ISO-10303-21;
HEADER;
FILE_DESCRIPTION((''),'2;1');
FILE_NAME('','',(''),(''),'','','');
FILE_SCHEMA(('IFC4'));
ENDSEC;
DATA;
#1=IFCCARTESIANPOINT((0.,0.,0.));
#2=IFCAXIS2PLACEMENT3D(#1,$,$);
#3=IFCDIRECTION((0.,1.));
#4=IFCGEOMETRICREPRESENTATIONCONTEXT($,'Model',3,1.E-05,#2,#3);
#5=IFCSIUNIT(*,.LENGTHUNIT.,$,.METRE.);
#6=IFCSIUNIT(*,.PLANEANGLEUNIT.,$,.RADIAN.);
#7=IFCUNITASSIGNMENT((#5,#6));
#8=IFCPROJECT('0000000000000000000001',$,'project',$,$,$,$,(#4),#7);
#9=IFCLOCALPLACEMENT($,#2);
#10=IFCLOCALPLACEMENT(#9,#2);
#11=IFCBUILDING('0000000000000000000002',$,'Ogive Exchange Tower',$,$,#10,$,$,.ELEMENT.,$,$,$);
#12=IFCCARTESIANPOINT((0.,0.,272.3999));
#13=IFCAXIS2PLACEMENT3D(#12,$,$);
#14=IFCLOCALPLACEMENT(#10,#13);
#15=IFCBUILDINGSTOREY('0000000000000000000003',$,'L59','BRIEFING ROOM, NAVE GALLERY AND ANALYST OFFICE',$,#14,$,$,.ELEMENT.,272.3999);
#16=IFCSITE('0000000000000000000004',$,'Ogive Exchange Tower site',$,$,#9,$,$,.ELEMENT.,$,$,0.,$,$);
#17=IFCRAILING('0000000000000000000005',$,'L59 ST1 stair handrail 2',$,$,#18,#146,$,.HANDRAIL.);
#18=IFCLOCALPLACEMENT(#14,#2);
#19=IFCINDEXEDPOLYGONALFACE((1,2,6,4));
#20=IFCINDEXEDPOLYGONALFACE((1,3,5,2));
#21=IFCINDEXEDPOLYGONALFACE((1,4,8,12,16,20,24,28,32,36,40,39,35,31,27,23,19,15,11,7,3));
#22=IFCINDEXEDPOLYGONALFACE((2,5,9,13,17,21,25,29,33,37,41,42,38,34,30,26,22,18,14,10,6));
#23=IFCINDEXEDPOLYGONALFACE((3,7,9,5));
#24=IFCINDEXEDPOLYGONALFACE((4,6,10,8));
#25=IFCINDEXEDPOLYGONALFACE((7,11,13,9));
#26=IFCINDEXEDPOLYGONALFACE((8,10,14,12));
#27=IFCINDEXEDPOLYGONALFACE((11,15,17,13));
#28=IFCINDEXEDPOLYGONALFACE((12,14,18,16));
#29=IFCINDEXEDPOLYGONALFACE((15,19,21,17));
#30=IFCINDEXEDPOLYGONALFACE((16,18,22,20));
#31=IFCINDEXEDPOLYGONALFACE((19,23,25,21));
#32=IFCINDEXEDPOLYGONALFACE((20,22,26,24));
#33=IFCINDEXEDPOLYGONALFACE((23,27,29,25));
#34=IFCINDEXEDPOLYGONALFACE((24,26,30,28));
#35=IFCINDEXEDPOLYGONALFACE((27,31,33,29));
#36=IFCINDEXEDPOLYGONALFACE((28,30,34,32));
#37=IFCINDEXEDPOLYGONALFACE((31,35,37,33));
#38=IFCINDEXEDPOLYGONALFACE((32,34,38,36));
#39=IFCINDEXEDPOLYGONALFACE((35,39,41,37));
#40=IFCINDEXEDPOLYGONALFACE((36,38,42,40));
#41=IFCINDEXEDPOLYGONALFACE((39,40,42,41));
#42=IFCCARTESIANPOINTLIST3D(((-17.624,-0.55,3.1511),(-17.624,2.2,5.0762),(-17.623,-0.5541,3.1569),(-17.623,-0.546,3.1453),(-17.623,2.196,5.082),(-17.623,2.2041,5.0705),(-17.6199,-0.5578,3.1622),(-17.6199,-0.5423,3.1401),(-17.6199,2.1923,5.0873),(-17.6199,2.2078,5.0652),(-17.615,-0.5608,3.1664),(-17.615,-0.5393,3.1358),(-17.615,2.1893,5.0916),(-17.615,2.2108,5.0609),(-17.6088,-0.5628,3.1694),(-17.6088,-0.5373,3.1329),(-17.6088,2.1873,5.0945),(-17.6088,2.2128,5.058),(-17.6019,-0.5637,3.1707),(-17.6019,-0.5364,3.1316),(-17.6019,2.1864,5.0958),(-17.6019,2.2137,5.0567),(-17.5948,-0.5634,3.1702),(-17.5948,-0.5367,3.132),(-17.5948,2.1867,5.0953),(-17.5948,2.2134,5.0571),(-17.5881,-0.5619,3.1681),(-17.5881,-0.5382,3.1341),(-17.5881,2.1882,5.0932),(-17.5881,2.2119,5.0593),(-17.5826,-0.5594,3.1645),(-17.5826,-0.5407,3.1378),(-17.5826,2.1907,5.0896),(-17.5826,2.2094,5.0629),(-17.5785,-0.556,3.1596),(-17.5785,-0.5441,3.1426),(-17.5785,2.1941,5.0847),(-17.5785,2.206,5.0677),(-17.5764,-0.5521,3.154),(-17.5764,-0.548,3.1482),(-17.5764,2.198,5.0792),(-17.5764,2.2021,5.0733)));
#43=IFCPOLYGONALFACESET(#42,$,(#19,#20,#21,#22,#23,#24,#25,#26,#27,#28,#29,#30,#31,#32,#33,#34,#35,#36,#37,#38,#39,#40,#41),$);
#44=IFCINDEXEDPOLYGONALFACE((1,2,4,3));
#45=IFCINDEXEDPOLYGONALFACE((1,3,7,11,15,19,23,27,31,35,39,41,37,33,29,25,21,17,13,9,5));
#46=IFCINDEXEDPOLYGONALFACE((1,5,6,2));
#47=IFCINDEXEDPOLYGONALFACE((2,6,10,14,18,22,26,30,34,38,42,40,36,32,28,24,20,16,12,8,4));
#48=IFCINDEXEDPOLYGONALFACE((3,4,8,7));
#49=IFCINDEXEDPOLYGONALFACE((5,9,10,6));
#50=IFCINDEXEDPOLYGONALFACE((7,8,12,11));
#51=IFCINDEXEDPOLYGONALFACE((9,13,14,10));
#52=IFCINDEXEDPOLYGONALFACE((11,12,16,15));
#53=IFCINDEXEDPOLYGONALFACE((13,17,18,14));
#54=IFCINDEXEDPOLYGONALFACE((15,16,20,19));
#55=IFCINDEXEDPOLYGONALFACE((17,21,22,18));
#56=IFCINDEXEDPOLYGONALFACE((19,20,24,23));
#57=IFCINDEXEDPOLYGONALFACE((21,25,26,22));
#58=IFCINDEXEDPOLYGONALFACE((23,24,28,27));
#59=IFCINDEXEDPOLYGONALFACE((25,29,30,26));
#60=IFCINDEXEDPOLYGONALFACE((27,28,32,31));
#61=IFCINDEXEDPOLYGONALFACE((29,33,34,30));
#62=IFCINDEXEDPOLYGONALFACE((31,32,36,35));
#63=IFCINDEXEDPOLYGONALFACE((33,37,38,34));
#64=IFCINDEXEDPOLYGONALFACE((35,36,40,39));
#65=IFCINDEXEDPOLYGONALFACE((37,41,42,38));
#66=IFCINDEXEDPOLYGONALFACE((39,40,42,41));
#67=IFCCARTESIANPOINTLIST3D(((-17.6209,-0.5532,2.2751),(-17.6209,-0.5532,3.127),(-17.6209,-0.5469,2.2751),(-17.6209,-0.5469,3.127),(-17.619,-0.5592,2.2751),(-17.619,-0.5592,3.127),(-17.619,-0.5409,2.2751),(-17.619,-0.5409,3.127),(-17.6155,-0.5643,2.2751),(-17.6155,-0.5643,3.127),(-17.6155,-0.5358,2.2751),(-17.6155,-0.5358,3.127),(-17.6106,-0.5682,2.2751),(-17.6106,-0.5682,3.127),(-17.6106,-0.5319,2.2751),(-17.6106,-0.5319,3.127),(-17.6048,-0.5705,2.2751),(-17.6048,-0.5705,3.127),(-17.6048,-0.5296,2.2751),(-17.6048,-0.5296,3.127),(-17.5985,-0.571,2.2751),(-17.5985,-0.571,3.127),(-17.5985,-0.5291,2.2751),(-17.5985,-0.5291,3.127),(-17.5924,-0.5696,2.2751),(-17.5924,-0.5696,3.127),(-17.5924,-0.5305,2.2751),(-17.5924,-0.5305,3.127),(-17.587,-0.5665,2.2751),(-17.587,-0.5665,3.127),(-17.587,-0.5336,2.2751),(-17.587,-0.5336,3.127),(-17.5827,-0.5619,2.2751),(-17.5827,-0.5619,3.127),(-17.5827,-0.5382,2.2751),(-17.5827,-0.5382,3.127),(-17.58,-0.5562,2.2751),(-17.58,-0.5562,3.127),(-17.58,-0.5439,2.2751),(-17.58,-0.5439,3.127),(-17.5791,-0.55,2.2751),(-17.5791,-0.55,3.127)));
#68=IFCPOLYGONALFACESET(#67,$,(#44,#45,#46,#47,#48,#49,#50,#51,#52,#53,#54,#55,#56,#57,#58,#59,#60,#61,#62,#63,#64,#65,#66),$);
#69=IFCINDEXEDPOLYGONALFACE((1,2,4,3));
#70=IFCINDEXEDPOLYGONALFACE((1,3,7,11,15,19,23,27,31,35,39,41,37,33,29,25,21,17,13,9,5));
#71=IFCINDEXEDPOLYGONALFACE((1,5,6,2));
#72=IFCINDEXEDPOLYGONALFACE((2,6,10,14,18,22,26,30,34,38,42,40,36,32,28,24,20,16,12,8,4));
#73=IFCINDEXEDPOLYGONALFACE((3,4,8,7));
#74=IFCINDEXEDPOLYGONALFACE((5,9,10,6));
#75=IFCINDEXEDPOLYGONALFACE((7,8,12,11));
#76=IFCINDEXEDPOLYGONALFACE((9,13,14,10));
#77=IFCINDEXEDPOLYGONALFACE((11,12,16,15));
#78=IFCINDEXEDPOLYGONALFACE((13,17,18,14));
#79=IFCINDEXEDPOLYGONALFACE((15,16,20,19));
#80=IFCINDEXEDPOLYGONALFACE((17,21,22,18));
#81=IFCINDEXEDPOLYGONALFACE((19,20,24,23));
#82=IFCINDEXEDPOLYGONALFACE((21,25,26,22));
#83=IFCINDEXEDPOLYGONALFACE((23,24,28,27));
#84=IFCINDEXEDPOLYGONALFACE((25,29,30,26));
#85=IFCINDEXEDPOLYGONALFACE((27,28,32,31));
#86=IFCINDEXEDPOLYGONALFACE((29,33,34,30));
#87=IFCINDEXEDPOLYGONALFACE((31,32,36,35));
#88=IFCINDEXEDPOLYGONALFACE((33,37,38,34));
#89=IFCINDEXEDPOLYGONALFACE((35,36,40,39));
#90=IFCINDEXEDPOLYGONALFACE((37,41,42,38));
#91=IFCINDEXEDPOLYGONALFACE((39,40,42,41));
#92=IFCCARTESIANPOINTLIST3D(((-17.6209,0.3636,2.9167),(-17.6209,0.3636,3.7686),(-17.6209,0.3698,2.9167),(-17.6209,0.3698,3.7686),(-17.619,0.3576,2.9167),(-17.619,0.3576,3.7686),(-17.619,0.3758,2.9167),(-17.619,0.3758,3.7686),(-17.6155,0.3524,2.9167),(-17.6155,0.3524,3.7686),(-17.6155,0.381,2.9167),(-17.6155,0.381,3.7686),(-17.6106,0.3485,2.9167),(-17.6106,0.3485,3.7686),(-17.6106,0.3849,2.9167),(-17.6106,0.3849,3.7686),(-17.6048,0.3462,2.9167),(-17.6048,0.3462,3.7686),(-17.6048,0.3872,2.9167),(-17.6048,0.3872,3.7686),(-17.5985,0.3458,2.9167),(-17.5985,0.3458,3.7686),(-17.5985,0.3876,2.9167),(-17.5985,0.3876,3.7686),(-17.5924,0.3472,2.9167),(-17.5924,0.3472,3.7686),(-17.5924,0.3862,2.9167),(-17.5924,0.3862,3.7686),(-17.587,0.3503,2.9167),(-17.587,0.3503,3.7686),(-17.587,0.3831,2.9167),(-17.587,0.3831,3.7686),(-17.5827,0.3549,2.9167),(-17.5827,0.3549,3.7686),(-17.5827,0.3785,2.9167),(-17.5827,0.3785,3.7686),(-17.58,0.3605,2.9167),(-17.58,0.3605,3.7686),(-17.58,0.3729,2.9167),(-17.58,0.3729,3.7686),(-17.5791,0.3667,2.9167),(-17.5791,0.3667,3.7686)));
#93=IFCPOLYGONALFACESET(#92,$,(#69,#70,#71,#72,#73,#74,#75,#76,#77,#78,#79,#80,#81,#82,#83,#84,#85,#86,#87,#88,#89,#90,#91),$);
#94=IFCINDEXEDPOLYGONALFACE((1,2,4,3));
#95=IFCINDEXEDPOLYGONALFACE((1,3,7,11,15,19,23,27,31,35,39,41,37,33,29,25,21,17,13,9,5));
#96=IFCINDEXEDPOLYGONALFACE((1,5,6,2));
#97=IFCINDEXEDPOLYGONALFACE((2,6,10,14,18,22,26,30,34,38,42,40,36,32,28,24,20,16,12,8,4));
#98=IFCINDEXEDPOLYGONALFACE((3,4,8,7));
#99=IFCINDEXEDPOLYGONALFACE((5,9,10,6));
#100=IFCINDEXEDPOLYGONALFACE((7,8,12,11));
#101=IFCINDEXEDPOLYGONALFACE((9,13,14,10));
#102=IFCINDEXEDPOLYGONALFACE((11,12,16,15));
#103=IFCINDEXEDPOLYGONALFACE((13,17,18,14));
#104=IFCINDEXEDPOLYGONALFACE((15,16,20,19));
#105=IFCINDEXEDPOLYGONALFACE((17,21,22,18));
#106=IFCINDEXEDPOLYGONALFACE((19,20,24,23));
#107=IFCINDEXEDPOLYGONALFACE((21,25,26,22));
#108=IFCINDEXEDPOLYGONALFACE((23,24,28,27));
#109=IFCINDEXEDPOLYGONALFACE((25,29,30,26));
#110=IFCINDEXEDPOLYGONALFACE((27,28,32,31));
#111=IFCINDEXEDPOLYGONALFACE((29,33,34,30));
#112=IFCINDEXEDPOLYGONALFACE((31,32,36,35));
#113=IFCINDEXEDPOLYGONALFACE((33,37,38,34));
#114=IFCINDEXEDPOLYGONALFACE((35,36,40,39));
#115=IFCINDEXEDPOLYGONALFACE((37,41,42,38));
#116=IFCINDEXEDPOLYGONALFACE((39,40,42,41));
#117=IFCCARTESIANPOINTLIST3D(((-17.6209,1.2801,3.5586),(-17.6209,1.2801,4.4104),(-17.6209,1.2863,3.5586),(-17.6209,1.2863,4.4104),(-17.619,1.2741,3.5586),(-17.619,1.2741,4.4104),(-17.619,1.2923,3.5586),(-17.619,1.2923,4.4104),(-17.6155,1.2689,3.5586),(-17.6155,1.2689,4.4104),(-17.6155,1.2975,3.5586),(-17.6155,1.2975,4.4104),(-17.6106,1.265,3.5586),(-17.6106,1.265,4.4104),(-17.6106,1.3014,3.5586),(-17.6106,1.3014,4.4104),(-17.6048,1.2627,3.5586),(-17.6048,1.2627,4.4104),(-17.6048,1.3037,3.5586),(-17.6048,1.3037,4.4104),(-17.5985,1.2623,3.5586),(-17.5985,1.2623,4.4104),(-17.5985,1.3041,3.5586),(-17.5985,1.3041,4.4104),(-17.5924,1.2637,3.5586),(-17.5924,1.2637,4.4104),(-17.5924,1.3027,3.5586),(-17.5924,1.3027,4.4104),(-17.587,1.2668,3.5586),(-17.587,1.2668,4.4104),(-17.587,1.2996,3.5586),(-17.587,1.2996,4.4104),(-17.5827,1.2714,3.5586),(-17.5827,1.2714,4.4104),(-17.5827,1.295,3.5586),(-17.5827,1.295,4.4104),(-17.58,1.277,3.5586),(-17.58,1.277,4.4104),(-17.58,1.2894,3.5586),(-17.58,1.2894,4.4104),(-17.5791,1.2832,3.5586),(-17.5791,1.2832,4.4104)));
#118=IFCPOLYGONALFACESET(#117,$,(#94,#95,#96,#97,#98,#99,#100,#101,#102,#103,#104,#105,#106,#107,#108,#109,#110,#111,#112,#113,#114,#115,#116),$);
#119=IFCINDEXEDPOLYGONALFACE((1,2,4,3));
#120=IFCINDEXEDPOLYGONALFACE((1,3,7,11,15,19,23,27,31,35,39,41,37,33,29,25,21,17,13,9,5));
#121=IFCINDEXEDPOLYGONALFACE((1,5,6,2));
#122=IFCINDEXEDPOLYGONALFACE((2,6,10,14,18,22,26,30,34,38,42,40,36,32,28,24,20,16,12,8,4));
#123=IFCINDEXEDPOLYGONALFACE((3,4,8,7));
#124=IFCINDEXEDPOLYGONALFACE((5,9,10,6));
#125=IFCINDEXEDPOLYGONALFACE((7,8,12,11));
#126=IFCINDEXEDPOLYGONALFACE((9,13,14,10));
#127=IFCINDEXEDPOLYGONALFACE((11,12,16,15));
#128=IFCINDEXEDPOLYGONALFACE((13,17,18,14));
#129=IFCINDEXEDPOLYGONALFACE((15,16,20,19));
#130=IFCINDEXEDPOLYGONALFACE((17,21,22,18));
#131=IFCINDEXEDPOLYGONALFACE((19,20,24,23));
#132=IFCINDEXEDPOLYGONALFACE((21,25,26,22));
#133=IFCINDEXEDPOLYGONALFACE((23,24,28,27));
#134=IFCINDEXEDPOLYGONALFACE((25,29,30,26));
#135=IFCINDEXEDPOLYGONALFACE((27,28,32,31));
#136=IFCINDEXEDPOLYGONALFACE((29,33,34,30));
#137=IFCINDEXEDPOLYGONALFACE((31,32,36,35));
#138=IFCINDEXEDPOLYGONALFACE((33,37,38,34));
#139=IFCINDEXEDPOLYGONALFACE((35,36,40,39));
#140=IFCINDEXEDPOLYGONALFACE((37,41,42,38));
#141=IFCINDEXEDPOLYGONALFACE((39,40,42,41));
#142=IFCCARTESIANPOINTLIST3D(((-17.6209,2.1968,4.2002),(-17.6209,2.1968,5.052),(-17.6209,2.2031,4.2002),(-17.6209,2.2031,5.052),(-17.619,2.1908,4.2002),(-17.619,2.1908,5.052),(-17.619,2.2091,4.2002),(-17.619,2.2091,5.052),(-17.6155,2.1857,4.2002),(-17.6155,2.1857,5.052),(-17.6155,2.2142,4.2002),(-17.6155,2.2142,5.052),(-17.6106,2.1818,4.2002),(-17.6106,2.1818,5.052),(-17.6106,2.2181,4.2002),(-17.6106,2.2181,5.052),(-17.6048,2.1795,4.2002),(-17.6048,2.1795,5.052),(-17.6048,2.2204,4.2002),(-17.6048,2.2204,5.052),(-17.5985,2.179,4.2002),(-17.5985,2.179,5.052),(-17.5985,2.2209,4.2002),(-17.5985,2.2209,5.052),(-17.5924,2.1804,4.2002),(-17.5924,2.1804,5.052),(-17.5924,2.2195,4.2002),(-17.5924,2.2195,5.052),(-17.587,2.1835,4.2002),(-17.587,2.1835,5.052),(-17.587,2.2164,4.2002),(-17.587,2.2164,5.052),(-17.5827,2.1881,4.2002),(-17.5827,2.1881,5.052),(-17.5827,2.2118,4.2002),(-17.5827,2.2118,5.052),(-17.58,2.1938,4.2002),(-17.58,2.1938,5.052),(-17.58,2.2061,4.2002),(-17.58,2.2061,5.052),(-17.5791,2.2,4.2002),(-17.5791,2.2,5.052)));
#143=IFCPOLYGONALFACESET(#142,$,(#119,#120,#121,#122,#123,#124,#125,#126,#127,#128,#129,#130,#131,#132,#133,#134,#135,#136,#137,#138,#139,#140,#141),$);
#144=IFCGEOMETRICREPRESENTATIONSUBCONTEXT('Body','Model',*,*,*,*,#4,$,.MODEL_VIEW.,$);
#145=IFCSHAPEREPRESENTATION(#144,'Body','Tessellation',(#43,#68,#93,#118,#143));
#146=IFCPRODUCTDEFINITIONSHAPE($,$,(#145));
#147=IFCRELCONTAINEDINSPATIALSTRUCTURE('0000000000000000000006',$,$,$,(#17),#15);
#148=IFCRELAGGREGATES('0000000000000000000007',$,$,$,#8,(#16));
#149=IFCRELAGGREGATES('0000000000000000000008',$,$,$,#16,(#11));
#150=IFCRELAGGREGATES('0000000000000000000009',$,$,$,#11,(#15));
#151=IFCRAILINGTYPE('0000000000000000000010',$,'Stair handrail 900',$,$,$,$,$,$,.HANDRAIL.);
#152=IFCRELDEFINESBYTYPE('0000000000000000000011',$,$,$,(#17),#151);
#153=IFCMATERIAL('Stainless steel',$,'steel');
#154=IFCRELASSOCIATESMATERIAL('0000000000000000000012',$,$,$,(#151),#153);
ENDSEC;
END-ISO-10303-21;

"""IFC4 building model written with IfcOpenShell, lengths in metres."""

from ifc_helpers import new_model, si_unit, direction, frame, origin, origin_2d, place, context, subcontext, project, spatial, circle, extrude, material, type_object, element, save


model = new_model("IFC4")

# Units and contexts
model_context = context("Model", 3, precision=1e-05, world=origin(), true_north=direction((0.0, 1.0)))
body_context = subcontext(model_context, "Body", "Model", "MODEL_VIEW")
ifc_project = project(units=[si_unit("LENGTHUNIT", "METRE"), si_unit("PLANEANGLEUNIT", "RADIAN")], contexts=[model_context])

# Site, building, storey
site_placement = place(None, origin())
site = spatial("IfcSite", under=ifc_project, at=site_placement, Name="Ogive Exchange Tower site", CompositionType="ELEMENT", RefElevation=0.0)
building_placement = place(site_placement, origin())
building = spatial("IfcBuilding", under=site, at=building_placement, Name="Ogive Exchange Tower", CompositionType="ELEMENT")
storey_placement = place(building_placement, frame((0.0, 0.0, 272.3999)))
storey = spatial("IfcBuildingStorey", under=building, at=storey_placement, Name="L59", Description="BRIEFING ROOM, NAVE GALLERY AND ANALYST OFFICE", CompositionType="ELEMENT", Elevation=272.3999)

# Shared definitions
ifc_material_1 = material(Name="Stainless steel", Category="steel")

# Railing
railing_type = type_object("IfcRailingType", Name="Stair handrail 900", PredefinedType="HANDRAIL", material=ifc_material_1)
railing_placement = place(storey_placement, frame((-17.6001, -0.55, 2.2751)))
element("IfcRailing", 1, at=railing_placement, inside=storey, type_object=railing_type, Name="L59 ST1 stair handrail 2", PredefinedType="HANDRAIL", context=body_context, shape_type="SweptSolid", body=[
    extrude(circle(Radius=0.0239, at=origin_2d()), frame((0.0, 0.0, 0.876), z_axis=(0.0, 0.819225, 0.573472), x_axis=(-1.0, 0.0, 0.0)), (0.0, 0.0, 1.0), 3.3569),
    extrude(circle(Radius=0.021, at=origin_2d()), origin(), (0.0, 0.0, 1.0), 0.8518),
    extrude(circle(Radius=0.021, at=origin_2d()), frame((0.0, 0.9167, 0.6416)), (0.0, 0.0, 1.0), 0.8518),
    extrude(circle(Radius=0.021, at=origin_2d()), frame((0.0, 1.8333, 1.2834)), (0.0, 0.0, 1.0), 0.8518),
    extrude(circle(Radius=0.021, at=origin_2d()), frame((0.0, 2.75, 1.925)), (0.0, 0.0, 1.0), 0.8518),
])

save(model, "model.ifc")
